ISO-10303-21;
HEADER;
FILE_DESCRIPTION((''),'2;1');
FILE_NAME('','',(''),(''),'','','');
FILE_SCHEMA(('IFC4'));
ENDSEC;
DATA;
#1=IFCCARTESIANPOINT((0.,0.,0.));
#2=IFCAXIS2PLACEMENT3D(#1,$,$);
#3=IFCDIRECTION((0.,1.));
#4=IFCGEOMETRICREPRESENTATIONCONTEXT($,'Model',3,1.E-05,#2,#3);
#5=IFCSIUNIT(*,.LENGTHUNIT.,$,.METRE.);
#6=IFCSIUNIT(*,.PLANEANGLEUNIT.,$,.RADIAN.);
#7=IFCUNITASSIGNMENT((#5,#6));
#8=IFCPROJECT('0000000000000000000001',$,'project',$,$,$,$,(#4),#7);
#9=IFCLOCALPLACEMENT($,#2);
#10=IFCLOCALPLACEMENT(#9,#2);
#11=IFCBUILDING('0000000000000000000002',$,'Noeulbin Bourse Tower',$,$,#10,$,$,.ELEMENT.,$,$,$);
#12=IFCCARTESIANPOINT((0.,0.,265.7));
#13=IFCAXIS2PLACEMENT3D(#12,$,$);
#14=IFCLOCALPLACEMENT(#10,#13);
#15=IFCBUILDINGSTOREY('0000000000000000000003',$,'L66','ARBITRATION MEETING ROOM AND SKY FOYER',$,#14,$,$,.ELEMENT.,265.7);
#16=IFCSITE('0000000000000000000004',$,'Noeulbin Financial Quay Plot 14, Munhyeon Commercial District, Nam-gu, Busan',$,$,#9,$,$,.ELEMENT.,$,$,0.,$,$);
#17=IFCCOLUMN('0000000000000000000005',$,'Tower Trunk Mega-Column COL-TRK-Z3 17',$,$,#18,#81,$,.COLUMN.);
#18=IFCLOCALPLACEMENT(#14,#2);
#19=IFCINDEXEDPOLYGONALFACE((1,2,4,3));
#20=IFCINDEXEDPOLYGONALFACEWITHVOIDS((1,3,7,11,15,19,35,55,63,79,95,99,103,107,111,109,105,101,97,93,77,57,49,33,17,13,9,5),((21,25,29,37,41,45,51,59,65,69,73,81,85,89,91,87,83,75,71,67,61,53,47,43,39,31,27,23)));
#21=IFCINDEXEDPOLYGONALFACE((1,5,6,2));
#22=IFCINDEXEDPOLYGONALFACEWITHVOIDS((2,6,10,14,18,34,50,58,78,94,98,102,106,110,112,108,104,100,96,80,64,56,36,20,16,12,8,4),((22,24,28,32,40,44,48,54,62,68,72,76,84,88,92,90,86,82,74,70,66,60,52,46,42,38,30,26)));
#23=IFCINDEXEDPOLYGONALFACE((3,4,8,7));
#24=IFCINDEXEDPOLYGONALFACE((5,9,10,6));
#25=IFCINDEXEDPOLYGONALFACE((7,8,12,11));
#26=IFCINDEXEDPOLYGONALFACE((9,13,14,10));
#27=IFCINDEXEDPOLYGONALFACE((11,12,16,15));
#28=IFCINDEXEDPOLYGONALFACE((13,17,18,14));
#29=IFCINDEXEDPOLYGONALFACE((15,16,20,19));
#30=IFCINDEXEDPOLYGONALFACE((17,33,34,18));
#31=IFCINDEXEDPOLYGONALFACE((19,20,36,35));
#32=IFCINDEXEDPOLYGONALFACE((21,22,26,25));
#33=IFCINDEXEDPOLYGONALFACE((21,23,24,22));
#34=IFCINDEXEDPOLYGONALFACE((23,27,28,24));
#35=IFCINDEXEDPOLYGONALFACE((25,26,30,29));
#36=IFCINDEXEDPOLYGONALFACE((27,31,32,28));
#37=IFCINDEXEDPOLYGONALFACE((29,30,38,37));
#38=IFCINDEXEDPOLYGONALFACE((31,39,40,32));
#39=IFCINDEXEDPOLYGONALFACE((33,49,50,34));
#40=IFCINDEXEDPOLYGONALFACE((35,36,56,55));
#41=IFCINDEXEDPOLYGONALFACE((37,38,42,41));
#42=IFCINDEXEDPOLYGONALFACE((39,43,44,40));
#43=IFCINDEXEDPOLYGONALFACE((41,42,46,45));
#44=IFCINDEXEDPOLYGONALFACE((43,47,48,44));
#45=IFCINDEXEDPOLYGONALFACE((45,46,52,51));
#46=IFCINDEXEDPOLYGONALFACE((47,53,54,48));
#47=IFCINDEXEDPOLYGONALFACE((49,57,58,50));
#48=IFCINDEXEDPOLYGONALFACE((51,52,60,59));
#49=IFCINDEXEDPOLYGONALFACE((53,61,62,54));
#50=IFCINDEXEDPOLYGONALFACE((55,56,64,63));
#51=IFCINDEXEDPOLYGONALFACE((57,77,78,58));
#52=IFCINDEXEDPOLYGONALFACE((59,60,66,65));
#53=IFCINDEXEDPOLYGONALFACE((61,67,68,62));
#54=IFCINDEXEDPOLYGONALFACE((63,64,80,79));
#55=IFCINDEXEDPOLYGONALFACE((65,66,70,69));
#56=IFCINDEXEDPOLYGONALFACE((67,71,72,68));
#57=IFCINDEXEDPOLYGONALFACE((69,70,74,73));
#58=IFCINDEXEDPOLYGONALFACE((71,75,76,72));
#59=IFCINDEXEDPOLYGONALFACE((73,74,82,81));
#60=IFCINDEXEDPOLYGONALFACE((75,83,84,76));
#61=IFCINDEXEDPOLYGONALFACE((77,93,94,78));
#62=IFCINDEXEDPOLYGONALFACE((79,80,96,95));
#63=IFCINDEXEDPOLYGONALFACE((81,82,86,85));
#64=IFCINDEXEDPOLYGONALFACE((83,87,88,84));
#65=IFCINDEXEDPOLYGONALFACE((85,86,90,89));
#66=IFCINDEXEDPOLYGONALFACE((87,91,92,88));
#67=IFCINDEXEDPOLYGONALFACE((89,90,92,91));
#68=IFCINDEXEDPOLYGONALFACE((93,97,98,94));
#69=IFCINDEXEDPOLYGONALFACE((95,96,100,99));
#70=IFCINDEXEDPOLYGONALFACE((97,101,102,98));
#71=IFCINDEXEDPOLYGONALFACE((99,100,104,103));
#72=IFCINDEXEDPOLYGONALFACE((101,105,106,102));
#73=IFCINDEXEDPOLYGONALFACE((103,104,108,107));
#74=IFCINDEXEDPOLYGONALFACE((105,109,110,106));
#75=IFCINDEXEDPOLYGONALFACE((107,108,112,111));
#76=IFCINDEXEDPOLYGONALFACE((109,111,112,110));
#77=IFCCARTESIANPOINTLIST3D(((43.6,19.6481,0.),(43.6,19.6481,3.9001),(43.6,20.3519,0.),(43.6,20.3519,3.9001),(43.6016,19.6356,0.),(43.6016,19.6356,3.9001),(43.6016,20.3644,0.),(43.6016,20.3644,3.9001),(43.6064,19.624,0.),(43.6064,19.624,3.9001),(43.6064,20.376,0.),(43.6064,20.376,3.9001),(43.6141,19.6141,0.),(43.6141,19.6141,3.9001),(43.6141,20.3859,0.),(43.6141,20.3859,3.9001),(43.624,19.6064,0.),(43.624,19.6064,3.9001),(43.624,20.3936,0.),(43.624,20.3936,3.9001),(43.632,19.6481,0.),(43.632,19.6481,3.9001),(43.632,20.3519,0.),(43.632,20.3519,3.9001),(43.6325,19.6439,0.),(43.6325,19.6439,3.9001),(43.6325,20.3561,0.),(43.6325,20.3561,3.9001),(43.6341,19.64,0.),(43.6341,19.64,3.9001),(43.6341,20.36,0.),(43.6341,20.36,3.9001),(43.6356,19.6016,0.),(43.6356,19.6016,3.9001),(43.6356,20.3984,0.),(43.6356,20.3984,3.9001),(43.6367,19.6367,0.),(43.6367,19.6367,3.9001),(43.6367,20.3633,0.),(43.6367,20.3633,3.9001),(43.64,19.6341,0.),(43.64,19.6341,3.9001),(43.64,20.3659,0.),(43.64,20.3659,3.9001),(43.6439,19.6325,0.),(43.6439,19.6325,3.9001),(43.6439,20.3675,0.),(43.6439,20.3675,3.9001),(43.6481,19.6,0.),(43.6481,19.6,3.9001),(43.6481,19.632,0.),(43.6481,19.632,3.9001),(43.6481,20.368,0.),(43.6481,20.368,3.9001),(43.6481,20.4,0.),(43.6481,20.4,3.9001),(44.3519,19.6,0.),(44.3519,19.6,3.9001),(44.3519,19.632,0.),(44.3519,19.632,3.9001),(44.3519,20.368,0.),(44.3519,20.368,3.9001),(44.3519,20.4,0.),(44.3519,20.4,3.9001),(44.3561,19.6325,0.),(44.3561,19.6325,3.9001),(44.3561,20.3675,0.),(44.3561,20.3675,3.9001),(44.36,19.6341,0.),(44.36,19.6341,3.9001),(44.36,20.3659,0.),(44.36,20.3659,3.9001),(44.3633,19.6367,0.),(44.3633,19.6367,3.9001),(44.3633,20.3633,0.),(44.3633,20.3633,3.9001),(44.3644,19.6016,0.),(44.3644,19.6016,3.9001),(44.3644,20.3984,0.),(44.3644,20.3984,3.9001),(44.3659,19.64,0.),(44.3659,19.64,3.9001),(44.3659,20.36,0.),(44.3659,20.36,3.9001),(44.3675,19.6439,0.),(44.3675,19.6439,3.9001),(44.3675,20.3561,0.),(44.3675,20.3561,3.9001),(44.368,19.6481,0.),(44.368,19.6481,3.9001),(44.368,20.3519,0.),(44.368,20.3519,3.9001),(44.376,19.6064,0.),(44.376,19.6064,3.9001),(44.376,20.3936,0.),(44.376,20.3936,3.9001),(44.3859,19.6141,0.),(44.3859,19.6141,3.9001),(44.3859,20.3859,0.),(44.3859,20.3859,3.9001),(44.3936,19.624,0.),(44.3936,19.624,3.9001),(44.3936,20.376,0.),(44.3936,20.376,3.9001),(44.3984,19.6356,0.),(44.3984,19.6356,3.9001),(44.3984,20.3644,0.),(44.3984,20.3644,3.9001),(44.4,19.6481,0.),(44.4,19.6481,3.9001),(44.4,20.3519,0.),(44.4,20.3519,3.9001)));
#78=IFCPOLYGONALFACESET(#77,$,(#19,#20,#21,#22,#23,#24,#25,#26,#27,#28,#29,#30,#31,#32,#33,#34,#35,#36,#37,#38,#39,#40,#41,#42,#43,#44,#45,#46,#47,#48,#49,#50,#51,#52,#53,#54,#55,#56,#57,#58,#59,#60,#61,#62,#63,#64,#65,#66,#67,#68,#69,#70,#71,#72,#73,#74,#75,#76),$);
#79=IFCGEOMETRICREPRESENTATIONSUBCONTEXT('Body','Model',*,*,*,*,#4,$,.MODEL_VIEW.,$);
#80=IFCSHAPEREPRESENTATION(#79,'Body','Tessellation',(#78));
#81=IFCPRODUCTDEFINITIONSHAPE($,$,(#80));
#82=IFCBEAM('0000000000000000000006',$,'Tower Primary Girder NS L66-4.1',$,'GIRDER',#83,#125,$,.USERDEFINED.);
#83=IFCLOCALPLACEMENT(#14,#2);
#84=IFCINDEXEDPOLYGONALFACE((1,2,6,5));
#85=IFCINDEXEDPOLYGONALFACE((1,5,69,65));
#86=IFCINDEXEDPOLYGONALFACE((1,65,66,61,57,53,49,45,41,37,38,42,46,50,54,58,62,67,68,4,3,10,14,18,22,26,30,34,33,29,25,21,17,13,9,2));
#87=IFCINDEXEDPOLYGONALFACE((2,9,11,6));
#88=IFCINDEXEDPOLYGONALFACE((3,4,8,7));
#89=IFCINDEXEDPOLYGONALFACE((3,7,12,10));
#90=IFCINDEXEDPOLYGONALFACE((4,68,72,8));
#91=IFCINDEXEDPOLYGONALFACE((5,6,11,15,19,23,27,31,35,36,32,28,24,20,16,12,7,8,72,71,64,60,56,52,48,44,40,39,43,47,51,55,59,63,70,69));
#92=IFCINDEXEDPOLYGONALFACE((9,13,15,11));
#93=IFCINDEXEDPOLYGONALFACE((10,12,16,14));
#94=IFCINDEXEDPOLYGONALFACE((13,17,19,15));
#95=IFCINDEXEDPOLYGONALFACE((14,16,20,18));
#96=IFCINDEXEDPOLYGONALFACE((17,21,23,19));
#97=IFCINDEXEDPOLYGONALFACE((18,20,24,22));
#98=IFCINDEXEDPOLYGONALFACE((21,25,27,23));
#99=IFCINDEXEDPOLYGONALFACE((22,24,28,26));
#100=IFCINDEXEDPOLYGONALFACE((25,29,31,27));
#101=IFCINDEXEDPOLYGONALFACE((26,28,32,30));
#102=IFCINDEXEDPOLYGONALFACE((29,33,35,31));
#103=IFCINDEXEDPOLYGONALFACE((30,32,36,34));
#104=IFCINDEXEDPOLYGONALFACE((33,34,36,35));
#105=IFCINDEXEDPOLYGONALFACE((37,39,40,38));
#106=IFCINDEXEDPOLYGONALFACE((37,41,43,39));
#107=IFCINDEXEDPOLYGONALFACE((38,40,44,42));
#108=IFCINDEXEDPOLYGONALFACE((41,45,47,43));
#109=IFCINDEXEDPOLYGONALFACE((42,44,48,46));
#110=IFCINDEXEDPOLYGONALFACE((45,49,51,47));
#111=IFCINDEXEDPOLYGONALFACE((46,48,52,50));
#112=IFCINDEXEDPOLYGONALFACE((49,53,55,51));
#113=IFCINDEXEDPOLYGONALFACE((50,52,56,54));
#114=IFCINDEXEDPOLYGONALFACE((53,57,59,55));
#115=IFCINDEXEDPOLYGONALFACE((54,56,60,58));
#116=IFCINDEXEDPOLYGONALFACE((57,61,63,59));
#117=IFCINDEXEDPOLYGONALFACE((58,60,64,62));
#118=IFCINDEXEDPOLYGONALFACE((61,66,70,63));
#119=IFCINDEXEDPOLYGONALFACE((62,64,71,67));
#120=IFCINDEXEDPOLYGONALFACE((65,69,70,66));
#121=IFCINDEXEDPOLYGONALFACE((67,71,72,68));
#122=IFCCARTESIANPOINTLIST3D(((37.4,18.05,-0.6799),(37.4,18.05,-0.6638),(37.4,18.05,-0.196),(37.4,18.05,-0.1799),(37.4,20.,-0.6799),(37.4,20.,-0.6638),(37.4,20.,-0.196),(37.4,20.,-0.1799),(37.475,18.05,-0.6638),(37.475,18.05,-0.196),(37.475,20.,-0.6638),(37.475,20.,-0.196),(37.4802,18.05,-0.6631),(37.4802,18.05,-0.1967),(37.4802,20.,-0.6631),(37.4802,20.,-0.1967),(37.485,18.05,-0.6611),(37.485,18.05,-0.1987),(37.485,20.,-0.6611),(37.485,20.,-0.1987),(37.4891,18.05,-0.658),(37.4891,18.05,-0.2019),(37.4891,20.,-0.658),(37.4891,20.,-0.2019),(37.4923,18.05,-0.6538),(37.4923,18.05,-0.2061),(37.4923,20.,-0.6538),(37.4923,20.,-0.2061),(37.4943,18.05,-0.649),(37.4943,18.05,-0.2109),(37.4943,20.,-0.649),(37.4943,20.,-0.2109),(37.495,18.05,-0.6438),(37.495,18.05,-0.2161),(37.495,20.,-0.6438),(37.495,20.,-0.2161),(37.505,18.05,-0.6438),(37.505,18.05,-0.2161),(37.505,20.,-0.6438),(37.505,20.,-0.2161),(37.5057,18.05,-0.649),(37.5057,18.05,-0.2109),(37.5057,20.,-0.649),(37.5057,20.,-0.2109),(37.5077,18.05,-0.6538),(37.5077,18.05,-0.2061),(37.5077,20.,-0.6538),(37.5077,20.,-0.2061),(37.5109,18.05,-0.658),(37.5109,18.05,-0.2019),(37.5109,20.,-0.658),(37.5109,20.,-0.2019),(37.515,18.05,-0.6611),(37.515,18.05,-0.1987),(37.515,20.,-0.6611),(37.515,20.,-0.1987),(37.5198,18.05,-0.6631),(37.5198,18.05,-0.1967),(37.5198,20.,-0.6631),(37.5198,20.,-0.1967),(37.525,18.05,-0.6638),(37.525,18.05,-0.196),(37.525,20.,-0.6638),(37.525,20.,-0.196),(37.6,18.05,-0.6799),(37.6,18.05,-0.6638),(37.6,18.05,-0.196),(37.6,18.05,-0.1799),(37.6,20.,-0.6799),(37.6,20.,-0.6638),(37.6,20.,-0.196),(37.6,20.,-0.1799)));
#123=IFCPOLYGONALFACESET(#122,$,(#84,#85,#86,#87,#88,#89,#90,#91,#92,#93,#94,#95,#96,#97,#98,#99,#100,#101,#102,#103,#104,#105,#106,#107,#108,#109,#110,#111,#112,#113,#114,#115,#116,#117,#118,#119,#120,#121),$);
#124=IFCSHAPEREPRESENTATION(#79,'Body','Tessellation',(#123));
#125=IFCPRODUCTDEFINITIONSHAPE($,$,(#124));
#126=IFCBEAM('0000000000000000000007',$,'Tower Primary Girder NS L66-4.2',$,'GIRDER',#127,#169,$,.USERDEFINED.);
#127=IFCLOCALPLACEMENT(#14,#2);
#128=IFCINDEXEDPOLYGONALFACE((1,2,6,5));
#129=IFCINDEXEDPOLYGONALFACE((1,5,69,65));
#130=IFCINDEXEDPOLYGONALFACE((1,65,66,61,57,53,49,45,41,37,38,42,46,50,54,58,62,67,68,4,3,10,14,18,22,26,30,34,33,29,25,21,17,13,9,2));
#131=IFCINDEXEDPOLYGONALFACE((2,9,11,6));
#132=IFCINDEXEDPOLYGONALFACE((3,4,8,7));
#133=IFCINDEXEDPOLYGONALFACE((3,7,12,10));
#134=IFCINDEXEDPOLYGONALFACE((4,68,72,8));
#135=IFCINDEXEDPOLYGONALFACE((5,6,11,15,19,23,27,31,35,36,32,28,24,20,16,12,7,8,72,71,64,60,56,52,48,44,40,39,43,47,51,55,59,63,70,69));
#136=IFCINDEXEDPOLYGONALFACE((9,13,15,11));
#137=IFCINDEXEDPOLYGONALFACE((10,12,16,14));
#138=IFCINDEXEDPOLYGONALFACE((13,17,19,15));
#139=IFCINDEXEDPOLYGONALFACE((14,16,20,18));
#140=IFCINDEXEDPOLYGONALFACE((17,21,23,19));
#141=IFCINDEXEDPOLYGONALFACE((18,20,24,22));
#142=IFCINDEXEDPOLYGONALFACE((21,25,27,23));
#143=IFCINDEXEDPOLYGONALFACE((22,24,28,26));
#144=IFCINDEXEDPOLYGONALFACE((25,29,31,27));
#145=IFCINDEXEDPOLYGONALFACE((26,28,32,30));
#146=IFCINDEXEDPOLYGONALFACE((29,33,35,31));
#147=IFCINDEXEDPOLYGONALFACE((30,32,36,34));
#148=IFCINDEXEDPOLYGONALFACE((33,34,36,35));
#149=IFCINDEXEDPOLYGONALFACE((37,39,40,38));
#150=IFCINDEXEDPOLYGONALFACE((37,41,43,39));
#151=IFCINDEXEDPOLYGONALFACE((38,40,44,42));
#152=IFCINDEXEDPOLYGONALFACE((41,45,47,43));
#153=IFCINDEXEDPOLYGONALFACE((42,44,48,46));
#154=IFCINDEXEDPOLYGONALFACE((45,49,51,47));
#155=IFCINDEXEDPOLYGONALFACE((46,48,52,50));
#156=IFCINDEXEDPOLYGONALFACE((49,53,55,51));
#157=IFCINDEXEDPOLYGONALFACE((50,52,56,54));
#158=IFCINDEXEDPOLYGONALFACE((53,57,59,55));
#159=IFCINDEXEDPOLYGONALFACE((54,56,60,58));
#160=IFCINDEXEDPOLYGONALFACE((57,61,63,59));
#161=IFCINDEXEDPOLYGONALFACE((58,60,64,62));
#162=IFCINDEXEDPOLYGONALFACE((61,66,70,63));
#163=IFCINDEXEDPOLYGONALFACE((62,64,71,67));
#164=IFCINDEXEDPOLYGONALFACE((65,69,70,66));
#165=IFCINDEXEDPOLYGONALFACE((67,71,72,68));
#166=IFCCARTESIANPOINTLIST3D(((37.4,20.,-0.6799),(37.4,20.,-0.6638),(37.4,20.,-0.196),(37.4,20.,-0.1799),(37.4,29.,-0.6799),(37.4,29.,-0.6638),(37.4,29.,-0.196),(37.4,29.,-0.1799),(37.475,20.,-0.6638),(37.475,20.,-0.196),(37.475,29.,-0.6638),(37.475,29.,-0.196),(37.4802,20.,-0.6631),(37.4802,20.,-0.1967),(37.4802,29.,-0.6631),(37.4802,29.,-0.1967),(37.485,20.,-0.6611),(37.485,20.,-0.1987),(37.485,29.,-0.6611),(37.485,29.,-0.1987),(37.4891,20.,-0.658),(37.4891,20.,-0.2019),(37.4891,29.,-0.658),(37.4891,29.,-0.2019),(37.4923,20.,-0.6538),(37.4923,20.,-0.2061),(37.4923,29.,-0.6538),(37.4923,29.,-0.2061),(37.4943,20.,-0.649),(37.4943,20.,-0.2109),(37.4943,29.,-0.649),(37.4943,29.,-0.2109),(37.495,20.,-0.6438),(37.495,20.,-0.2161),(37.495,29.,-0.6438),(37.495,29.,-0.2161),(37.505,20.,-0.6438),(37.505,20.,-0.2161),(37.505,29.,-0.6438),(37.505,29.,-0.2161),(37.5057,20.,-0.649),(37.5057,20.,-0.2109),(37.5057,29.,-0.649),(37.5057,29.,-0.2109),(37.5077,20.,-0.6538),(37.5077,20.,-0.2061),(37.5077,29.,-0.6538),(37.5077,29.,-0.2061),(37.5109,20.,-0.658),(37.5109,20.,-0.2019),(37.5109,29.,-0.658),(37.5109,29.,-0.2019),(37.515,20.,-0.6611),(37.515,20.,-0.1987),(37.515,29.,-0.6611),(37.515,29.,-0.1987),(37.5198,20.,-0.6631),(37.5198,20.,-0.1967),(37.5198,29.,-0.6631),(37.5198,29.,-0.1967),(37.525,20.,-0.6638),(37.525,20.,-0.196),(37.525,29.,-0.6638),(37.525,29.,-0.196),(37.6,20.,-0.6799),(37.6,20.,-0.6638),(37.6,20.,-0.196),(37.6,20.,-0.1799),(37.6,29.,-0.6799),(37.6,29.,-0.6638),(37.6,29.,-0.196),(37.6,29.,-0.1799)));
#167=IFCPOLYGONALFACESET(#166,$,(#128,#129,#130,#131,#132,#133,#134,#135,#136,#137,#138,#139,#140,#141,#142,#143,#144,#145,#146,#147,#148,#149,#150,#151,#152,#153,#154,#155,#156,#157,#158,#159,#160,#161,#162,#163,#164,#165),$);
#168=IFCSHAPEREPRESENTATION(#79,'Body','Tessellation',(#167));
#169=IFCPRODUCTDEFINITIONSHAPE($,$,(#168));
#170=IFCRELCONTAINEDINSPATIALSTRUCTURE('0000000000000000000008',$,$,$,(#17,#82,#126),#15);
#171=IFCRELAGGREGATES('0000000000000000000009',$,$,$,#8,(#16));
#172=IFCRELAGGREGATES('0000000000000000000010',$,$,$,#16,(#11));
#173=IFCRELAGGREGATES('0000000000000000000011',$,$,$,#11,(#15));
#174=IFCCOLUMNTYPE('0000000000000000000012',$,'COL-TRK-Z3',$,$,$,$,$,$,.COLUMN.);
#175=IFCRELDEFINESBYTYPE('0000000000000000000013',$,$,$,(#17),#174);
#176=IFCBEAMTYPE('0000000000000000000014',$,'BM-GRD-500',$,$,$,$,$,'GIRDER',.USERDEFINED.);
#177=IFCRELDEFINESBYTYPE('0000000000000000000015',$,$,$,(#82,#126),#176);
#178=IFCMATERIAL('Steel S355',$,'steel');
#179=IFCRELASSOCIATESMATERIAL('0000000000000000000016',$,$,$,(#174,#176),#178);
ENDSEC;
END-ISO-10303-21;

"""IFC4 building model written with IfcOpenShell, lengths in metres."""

from ifc_helpers import new_model, si_unit, direction, frame, origin, origin_2d, place, context, subcontext, project, spatial, hollow_rectangle, i_section, extrude, material, material_profile, profile_set, type_object, element, save


model = new_model("IFC4")

# Units and contexts
model_context = context("Model", 3, precision=1e-05, world=origin(), true_north=direction((0.0, 1.0)))
body_context = subcontext(model_context, "Body", "Model", "MODEL_VIEW")
ifc_project = project(units=[si_unit("LENGTHUNIT", "METRE"), si_unit("PLANEANGLEUNIT", "RADIAN")], contexts=[model_context])

# Site, building, storey
site_placement = place(None, origin())
site = spatial("IfcSite", under=ifc_project, at=site_placement, Name="Noeulbin Financial Quay Plot 14, Munhyeon Commercial District, Nam-gu, Busan", CompositionType="ELEMENT", RefElevation=0.0)
building_placement = place(site_placement, origin())
building = spatial("IfcBuilding", under=site, at=building_placement, Name="Noeulbin Bourse Tower", CompositionType="ELEMENT")
storey_placement = place(building_placement, frame((0.0, 0.0, 265.7)))
storey = spatial("IfcBuildingStorey", under=building, at=storey_placement, Name="L66", Description="ARBITRATION MEETING ROOM AND SKY FOYER", CompositionType="ELEMENT", Elevation=265.7)

# Column
ifc_material_1 = material(Name="Steel S355", Category="steel")
ifc_material_profile_1 = material_profile(ifc_material_1, hollow_rectangle(XDim=0.8, YDim=0.8, WallThickness=0.032, InnerFilletRadius=0.0161, OuterFilletRadius=0.0481, at=origin_2d()), Name="BOX-800x800x32", Category="LoadBearing")
ifc_profile_set_1 = profile_set([ifc_material_profile_1], Name="Steel S355")
column_type = type_object("IfcColumnType", Name="COL-TRK-Z3", PredefinedType="COLUMN", material=ifc_profile_set_1)
for number, where, z_axis, x_axis, name in (
    (1, (44.0, 20.0, 0.0), (0.0, 0.0, 1.0), (1.0, 0.0, 0.0), "Tower Trunk Mega-Column COL-TRK-Z3 17"),
):
    element("IfcColumn", number, at=place(storey_placement, frame(where, z_axis=z_axis, x_axis=x_axis)), inside=storey, type_object=column_type, Name=name, PredefinedType="COLUMN", context=body_context, shape_type="SweptSolid", body=[
        extrude(hollow_rectangle(XDim=0.8, YDim=0.8, WallThickness=0.032, InnerFilletRadius=0.0161, OuterFilletRadius=0.0481, at=origin_2d()), origin(), (0.0, 0.0, 1.0), 3.9001),
    ])

# Beams
ifc_material_profile_2 = material_profile(ifc_material_1, i_section(OverallWidth=0.2, OverallDepth=0.5, WebThickness=0.01, FlangeThickness=0.0161, FilletRadius=0.02, at=origin_2d()), Name="H-500x200x10x16", Category="LoadBearing")
ifc_profile_set_2 = profile_set([ifc_material_profile_2], Name="Steel S355")
beam_type_1 = type_object("IfcBeamType", Name="BM-GRD-500", ElementType="GIRDER", PredefinedType="USERDEFINED", material=ifc_profile_set_2)
beam_1_placement = place(storey_placement, frame((37.5, 18.05, -0.4299), z_axis=(0.0, 1.0, 0.0), x_axis=(-1.0, 0.0, 0.0)))
element("IfcBeam", 2, at=beam_1_placement, inside=storey, type_object=beam_type_1, Name="Tower Primary Girder NS L66-4.1", ObjectType="GIRDER", PredefinedType="USERDEFINED", context=body_context, shape_type="SweptSolid", body=[
    extrude(i_section(OverallWidth=0.2, OverallDepth=0.5, WebThickness=0.01, FlangeThickness=0.0161, FilletRadius=0.02, at=origin_2d()), origin(), (0.0, 0.0, 1.0), 1.95),
])
beam_2_placement = place(storey_placement, frame((37.5, 20.0, -0.4299), z_axis=(0.0, 1.0, 0.0), x_axis=(-1.0, 0.0, 0.0)))
element("IfcBeam", 3, at=beam_2_placement, inside=storey, type_object=beam_type_1, Name="Tower Primary Girder NS L66-4.2", ObjectType="GIRDER", PredefinedType="USERDEFINED", context=body_context, shape_type="SweptSolid", body=[
    extrude(i_section(OverallWidth=0.2, OverallDepth=0.5, WebThickness=0.01, FlangeThickness=0.0161, FilletRadius=0.02, at=origin_2d()), origin(), (0.0, 0.0, 1.0), 9.0),
])

save(model, "model.ifc")
